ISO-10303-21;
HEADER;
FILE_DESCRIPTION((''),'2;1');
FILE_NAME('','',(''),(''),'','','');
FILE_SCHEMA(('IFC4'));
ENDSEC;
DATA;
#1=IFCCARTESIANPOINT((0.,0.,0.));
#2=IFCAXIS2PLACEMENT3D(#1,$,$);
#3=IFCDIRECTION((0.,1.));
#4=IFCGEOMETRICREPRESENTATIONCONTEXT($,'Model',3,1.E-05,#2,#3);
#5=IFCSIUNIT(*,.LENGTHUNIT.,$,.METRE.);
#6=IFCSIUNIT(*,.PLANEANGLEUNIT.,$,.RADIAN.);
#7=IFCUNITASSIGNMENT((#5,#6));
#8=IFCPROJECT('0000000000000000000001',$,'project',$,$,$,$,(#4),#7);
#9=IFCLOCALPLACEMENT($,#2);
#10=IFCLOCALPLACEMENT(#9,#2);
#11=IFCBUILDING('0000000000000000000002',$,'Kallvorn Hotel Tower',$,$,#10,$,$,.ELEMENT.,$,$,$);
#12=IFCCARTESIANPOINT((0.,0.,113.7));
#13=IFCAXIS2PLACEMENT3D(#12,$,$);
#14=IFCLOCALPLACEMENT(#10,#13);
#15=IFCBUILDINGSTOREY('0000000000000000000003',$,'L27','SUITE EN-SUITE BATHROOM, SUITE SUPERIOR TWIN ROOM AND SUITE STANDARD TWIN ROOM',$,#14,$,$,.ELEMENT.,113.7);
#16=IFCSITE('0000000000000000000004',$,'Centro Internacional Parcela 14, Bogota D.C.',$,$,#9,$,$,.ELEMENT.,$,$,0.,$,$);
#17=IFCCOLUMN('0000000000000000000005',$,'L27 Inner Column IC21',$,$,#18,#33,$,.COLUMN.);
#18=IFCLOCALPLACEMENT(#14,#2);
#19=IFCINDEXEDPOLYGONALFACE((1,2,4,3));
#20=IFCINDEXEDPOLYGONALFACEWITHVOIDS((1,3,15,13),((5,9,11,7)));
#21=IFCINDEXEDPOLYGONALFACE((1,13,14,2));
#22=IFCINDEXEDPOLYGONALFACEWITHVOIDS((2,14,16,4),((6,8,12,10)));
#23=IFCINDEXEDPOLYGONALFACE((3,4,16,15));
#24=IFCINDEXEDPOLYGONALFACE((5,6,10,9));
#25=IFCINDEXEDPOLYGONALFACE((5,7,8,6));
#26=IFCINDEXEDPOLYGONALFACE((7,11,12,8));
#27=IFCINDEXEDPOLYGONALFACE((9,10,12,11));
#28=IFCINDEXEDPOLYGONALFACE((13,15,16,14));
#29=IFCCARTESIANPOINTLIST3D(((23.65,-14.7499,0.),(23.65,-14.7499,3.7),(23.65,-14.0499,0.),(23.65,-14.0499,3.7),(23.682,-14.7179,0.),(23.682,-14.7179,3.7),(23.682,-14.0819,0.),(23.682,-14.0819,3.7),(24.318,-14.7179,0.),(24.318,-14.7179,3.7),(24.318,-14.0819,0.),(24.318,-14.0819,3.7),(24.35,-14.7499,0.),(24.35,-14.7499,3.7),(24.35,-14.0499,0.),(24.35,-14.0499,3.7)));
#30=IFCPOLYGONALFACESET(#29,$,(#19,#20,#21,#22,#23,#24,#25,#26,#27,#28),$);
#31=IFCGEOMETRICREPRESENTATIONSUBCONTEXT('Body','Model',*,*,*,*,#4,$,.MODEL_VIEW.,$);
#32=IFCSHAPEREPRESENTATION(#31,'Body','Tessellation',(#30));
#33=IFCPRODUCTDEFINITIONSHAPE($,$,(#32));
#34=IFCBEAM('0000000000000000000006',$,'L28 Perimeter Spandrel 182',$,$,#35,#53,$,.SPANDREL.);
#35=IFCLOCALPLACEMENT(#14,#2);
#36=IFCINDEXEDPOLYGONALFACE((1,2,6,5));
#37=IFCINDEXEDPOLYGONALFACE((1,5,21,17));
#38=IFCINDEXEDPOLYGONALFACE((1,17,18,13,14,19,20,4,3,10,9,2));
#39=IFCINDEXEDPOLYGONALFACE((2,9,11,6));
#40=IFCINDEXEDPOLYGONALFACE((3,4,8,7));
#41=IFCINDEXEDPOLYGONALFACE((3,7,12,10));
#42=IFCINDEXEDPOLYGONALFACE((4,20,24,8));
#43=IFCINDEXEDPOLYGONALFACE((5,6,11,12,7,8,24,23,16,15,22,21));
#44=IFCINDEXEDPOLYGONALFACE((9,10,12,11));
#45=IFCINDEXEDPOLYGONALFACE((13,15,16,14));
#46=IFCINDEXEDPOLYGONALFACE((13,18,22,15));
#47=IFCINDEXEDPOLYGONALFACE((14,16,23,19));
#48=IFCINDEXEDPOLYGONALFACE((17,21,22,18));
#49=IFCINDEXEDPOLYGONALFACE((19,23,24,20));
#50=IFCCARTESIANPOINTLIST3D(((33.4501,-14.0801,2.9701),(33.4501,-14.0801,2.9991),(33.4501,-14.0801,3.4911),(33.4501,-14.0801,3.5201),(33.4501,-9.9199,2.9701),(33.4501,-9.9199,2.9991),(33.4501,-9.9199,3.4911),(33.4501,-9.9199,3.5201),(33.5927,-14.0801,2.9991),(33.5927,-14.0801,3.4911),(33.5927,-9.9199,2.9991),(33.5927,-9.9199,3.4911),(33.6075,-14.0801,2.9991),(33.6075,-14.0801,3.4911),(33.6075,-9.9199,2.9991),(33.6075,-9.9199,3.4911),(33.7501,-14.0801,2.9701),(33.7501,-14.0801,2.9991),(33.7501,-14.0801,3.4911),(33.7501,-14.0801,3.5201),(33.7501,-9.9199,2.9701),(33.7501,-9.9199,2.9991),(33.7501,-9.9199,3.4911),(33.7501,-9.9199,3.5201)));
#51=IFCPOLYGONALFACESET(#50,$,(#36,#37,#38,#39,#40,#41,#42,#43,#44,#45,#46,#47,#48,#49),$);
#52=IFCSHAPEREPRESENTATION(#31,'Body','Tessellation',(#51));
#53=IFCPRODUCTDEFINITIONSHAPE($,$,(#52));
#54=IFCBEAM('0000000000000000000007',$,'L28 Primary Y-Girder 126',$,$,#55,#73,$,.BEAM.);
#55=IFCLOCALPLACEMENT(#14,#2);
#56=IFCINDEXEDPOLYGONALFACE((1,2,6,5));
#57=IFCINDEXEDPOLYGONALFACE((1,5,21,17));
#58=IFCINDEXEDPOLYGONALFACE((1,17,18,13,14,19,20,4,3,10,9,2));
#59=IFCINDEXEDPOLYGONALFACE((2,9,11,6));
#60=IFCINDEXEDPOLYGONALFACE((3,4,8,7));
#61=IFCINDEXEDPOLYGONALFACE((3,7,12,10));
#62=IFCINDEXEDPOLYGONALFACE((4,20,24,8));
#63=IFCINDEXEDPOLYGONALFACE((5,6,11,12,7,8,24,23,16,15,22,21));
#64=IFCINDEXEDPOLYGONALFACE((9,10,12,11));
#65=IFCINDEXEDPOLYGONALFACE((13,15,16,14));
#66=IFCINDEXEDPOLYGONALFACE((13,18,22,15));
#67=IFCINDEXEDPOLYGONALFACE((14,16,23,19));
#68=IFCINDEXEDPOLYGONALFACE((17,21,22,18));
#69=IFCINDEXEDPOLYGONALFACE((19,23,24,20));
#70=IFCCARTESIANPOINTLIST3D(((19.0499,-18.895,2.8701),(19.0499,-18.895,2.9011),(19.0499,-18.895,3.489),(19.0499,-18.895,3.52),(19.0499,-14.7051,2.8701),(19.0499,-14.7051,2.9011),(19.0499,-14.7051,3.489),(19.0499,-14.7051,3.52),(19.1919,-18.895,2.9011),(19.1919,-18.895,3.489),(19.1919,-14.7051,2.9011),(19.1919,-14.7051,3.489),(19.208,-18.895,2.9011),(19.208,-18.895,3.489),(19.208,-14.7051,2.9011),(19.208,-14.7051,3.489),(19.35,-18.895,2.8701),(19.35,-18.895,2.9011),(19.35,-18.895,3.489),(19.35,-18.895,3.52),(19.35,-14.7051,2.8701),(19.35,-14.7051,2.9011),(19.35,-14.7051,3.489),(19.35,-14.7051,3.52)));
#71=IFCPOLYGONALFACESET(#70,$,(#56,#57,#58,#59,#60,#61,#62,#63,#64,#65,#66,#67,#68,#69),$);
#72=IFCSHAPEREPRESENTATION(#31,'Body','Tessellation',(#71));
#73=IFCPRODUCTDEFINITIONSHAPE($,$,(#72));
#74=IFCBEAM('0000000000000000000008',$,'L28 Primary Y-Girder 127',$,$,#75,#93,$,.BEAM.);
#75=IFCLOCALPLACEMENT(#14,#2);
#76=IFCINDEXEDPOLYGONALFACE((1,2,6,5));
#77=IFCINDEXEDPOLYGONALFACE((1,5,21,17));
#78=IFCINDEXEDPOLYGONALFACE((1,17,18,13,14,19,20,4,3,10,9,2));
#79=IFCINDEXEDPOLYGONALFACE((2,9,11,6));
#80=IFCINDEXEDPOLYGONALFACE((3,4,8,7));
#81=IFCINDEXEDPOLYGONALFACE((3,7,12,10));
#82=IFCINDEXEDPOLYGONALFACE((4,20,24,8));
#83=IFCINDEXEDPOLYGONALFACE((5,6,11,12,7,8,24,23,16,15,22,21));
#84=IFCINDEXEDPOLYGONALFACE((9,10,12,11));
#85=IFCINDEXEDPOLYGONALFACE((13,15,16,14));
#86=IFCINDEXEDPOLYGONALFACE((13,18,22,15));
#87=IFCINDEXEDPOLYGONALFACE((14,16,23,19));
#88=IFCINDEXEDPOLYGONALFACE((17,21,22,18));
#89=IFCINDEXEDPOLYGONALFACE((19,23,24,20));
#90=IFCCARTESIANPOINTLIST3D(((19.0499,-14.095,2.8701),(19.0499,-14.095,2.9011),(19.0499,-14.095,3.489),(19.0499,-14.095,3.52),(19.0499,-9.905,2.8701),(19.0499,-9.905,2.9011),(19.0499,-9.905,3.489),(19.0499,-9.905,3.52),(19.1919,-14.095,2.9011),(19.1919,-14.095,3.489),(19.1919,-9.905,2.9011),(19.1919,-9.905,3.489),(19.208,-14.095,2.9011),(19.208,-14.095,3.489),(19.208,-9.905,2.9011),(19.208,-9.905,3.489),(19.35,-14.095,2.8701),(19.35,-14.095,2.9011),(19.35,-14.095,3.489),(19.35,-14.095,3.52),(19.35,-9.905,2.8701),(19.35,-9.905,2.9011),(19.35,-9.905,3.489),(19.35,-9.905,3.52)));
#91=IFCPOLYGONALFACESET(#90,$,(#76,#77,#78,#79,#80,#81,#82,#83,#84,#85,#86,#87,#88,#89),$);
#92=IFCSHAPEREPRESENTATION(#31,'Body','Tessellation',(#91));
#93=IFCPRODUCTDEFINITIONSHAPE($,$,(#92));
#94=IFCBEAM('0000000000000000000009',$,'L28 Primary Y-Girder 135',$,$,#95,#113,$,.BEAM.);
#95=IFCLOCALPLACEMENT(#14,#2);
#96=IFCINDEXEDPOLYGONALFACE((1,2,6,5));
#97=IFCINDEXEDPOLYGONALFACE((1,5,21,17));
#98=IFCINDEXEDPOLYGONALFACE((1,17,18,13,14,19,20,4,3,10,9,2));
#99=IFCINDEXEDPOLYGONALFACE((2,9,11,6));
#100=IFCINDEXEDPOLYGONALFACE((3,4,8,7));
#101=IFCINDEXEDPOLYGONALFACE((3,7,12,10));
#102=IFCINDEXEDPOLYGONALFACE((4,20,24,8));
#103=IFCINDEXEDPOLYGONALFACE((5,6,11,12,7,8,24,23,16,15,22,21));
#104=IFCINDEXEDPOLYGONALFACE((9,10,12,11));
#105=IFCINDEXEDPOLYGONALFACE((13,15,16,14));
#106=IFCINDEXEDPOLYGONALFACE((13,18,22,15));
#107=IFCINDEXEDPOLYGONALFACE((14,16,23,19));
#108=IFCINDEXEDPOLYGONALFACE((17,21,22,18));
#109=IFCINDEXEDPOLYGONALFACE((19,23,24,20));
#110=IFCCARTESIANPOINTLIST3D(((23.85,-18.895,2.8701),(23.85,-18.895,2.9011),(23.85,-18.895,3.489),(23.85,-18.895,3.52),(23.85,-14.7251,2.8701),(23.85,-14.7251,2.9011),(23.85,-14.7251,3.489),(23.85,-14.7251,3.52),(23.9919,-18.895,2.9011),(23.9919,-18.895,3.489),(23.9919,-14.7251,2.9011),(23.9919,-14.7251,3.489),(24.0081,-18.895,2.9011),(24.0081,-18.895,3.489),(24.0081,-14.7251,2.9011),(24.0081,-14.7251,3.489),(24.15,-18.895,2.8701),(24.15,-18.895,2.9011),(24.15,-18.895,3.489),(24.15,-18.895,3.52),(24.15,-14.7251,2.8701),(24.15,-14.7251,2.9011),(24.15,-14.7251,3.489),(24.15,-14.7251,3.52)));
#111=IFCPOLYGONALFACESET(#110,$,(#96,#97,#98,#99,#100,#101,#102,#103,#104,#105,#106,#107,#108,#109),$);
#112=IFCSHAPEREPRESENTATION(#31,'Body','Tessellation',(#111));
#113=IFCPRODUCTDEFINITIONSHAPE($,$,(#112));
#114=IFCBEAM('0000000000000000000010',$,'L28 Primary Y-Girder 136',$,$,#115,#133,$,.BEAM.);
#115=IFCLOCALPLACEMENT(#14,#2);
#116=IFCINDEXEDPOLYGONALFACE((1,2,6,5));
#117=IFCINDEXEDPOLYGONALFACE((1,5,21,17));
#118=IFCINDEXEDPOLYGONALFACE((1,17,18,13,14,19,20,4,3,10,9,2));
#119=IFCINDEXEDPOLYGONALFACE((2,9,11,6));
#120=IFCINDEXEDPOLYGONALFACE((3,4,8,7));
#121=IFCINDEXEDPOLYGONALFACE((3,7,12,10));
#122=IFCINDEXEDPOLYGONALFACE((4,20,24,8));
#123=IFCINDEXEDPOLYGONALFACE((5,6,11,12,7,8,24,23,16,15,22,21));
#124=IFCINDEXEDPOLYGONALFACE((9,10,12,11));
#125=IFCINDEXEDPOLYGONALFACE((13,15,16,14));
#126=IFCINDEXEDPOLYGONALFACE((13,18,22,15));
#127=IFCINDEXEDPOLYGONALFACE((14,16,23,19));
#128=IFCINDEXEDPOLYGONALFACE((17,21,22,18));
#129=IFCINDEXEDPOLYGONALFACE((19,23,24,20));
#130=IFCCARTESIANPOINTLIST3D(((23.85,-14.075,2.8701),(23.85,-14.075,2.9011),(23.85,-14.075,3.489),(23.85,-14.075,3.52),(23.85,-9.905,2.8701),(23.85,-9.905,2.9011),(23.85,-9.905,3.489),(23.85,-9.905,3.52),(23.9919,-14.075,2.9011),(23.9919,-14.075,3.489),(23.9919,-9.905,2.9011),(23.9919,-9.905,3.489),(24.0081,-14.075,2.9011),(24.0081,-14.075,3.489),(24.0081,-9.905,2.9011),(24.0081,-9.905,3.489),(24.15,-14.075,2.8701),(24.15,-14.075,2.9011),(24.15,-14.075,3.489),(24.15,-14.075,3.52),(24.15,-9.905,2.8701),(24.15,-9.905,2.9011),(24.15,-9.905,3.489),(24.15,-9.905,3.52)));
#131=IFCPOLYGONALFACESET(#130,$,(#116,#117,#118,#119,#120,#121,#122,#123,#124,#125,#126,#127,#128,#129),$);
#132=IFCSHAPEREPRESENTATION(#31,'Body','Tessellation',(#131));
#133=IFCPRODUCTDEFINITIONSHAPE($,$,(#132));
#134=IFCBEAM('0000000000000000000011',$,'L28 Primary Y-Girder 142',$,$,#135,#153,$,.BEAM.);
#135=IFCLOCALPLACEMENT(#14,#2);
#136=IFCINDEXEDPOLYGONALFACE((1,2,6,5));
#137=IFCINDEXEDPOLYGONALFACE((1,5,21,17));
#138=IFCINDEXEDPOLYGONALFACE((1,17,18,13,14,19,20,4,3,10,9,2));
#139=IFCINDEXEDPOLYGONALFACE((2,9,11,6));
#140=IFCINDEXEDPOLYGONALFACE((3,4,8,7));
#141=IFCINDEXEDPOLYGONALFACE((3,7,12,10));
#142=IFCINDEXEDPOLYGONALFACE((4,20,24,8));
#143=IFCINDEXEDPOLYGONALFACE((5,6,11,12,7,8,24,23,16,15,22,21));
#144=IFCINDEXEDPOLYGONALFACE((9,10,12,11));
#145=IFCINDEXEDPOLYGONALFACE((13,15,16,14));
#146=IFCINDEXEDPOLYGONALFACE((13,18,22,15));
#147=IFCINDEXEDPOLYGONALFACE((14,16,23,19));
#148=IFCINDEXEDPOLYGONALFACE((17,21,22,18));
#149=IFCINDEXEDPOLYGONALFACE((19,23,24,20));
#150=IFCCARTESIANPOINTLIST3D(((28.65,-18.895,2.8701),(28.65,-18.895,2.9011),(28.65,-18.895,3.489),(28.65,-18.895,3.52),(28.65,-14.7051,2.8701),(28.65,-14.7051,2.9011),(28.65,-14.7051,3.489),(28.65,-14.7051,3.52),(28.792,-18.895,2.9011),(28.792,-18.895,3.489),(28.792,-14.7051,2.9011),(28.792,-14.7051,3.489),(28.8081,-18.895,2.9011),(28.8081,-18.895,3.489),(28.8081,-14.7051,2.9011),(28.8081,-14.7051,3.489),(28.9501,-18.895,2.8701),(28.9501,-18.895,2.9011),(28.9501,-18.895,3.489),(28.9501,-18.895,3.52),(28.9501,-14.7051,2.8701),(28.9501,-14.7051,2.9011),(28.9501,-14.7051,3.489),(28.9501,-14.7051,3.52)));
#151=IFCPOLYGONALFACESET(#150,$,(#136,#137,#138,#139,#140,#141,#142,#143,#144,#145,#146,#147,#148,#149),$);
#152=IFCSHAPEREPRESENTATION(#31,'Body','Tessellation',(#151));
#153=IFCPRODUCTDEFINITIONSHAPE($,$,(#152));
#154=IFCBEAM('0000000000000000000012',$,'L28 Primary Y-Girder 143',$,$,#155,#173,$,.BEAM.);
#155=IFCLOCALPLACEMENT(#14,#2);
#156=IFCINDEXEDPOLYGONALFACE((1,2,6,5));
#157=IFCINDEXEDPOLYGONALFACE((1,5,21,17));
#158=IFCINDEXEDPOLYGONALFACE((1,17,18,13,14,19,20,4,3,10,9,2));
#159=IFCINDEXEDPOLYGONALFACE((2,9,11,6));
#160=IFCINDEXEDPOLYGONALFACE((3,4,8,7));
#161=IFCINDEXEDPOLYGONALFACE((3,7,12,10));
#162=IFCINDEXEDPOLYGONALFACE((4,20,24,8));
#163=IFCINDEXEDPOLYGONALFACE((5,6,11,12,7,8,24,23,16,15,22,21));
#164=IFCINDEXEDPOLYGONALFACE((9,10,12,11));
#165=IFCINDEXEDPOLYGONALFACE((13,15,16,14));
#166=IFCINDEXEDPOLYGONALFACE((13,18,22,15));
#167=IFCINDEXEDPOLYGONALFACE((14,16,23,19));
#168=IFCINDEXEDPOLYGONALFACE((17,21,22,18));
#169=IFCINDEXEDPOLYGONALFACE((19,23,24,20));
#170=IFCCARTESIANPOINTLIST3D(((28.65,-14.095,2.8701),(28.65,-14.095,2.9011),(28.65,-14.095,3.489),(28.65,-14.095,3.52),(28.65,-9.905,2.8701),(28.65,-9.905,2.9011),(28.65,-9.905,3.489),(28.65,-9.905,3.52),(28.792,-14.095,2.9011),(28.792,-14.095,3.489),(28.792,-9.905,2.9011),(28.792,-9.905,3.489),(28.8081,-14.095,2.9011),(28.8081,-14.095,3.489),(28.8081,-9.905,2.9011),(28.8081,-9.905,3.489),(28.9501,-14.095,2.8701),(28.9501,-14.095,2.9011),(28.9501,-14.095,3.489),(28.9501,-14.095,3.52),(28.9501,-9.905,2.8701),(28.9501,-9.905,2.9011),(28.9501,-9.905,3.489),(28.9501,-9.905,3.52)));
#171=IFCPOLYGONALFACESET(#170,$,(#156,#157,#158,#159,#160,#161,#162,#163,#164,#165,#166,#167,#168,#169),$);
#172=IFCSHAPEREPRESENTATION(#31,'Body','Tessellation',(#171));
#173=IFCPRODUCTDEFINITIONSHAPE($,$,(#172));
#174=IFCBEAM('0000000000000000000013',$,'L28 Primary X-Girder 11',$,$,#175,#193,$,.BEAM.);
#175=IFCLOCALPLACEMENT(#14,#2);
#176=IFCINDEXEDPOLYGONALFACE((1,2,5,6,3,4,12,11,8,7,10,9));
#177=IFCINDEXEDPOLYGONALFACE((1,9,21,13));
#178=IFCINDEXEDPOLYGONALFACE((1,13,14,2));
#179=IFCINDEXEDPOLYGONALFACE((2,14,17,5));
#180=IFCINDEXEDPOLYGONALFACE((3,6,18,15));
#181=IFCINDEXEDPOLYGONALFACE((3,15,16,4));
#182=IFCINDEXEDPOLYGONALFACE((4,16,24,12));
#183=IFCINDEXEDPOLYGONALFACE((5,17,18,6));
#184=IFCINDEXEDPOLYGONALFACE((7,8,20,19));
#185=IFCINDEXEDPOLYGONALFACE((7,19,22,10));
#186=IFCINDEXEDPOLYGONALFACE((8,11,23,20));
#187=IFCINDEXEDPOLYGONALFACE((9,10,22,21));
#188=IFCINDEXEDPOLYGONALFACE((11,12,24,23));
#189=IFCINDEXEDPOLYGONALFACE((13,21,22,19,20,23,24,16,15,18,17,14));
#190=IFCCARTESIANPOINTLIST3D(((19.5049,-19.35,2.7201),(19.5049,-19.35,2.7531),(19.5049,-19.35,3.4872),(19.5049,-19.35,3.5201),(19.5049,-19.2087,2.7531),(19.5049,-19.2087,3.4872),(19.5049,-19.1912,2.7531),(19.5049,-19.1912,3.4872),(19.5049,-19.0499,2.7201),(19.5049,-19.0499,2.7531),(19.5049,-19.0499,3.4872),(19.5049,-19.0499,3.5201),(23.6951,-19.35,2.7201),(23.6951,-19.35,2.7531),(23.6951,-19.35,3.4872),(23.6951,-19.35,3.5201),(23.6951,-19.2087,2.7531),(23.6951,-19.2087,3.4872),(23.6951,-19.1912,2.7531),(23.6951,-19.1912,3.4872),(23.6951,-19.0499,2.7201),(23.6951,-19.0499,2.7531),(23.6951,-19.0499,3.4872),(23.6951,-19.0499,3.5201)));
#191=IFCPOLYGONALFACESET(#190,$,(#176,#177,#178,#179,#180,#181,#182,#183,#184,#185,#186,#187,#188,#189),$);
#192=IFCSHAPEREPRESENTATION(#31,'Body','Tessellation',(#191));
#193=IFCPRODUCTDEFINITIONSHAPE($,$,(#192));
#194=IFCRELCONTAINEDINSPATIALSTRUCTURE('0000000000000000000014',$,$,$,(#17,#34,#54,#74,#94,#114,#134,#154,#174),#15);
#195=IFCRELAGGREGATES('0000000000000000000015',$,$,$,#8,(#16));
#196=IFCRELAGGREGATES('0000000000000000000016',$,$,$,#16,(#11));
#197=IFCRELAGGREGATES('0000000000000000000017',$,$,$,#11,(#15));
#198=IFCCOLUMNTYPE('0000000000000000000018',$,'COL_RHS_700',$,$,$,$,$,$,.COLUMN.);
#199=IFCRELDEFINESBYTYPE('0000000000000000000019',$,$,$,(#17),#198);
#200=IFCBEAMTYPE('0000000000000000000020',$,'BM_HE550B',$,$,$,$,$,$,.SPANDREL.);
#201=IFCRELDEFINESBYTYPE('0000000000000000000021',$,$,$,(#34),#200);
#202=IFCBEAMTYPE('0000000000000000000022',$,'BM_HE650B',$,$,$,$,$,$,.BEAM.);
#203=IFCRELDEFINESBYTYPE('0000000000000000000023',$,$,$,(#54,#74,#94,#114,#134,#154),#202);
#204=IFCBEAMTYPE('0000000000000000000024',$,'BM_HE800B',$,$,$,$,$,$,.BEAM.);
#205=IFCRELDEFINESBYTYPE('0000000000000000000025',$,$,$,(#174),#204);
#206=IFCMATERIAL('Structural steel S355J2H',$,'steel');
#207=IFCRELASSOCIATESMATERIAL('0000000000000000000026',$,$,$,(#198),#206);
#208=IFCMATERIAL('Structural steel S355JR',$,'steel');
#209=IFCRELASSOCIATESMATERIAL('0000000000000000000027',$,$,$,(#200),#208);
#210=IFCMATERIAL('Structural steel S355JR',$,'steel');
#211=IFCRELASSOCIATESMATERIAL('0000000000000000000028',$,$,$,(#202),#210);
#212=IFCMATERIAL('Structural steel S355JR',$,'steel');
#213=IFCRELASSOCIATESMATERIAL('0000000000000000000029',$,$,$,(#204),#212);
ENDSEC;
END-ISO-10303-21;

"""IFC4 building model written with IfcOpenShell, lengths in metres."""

from ifc_helpers import new_model, si_unit, direction, frame, origin, origin_2d, place, context, subcontext, project, spatial, hollow_rectangle, i_section, extrude, material, material_profile, profile_set, type_object, element, save


model = new_model("IFC4")

# Units and contexts
model_context = context("Model", 3, precision=1e-05, world=origin(), true_north=direction((0.0, 1.0)))
body_context = subcontext(model_context, "Body", "Model", "MODEL_VIEW")
ifc_project = project(units=[si_unit("LENGTHUNIT", "METRE"), si_unit("PLANEANGLEUNIT", "RADIAN")], contexts=[model_context])

# Site, building, storey
site_placement = place(None, origin())
site = spatial("IfcSite", under=ifc_project, at=site_placement, Name="Centro Internacional Parcela 14, Bogota D.C.", CompositionType="ELEMENT", RefElevation=0.0)
building_placement = place(site_placement, origin())
building = spatial("IfcBuilding", under=site, at=building_placement, Name="Kallvorn Hotel Tower", CompositionType="ELEMENT")
storey_placement = place(building_placement, frame((0.0, 0.0, 113.7)))
storey = spatial("IfcBuildingStorey", under=building, at=storey_placement, Name="L27", Description="SUITE EN-SUITE BATHROOM, SUITE SUPERIOR TWIN ROOM AND SUITE STANDARD TWIN ROOM", CompositionType="ELEMENT", Elevation=113.7)

# Column
ifc_material_1 = material(Name="Structural steel S355J2H", Category="steel")
ifc_material_profile_1 = material_profile(ifc_material_1, hollow_rectangle(XDim=0.7, YDim=0.7, WallThickness=0.032, at=origin_2d()), Name="RHS 700x700x32")
ifc_profile_set_1 = profile_set([ifc_material_profile_1], Name="Structural steel S355J2H")
column_type_1 = type_object("IfcColumnType", Name="COL_RHS_700", PredefinedType="COLUMN", material=ifc_profile_set_1)
column_placement = place(storey_placement, frame((24.0, -14.3999, 0.0), z_axis=(0.0, 0.0, 1.0), x_axis=(1.0, 0.0, 0.0)))
element("IfcColumn", 1, at=column_placement, inside=storey, type_object=column_type_1, Name="L27 Inner Column IC21", PredefinedType="COLUMN", context=body_context, shape_type="SweptSolid", body=[
    extrude(hollow_rectangle(XDim=0.7, YDim=0.7, WallThickness=0.032, at=origin_2d()), origin(), (0.0, 0.0, 1.0), 3.7),
])

# Beams
ifc_material_2 = material(Name="Structural steel S355JR", Category="steel")
ifc_material_profile_2 = material_profile(ifc_material_2, i_section(OverallWidth=0.3, OverallDepth=0.55, WebThickness=0.0149, FlangeThickness=0.0291, at=origin_2d()), Name="HE 550 B")
ifc_profile_set_2 = profile_set([ifc_material_profile_2], Name="Structural steel S355JR")
beam_type_1 = type_object("IfcBeamType", Name="BM_HE550B", PredefinedType="SPANDREL", material=ifc_profile_set_2)
beam_1_placement = place(storey_placement, frame((33.6001, -14.0801, 3.2451), z_axis=(0.0, 1.0, 0.0), x_axis=(-1.0, 0.0, 0.0)))
element("IfcBeam", 2, at=beam_1_placement, inside=storey, type_object=beam_type_1, Name="L28 Perimeter Spandrel 182", PredefinedType="SPANDREL", context=body_context, shape_type="SweptSolid", body=[
    extrude(i_section(OverallWidth=0.3, OverallDepth=0.55, WebThickness=0.0149, FlangeThickness=0.0291, at=origin_2d()), origin(), (0.0, 0.0, 1.0), 4.1602),
])
ifc_material_3 = material(Name="Structural steel S355JR", Category="steel")
ifc_material_profile_3 = material_profile(ifc_material_3, i_section(OverallWidth=0.3, OverallDepth=0.6499, WebThickness=0.0161, FlangeThickness=0.031, at=origin_2d()), Name="HE 650 B")
ifc_profile_set_3 = profile_set([ifc_material_profile_3], Name="Structural steel S355JR")
beam_type_2 = type_object("IfcBeamType", Name="BM_HE650B", PredefinedType="BEAM", material=ifc_profile_set_3)
for number, where, z_axis, x_axis, name in (
    (3, (19.2, -18.895, 3.1951), (0.0, 1.0, 0.0), (-1.0, 0.0, 0.0), "L28 Primary Y-Girder 126"),
    (4, (19.2, -14.095, 3.1951), (0.0, 1.0, 0.0), (-1.0, 0.0, 0.0), "L28 Primary Y-Girder 127"),
):
    element("IfcBeam", number, at=place(storey_placement, frame(where, z_axis=z_axis, x_axis=x_axis)), inside=storey, type_object=beam_type_2, Name=name, PredefinedType="BEAM", context=body_context, shape_type="SweptSolid", body=[
        extrude(i_section(OverallWidth=0.3, OverallDepth=0.6499, WebThickness=0.0161, FlangeThickness=0.031, at=origin_2d()), origin(), (0.0, 0.0, 1.0), 4.1899),
    ])
for number, where, z_axis, x_axis, name in (
    (5, (24.0, -18.895, 3.1951), (0.0, 1.0, 0.0), (-1.0, 0.0, 0.0), "L28 Primary Y-Girder 135"),
    (6, (24.0, -14.075, 3.1951), (0.0, 1.0, 0.0), (-1.0, 0.0, 0.0), "L28 Primary Y-Girder 136"),
):
    element("IfcBeam", number, at=place(storey_placement, frame(where, z_axis=z_axis, x_axis=x_axis)), inside=storey, type_object=beam_type_2, Name=name, PredefinedType="BEAM", context=body_context, shape_type="SweptSolid", body=[
        extrude(i_section(OverallWidth=0.3, OverallDepth=0.6499, WebThickness=0.0161, FlangeThickness=0.031, at=origin_2d()), origin(), (0.0, 0.0, 1.0), 4.1699),
    ])
for number, where, z_axis, x_axis, name in (
    (7, (28.8, -18.895, 3.1951), (0.0, 1.0, 0.0), (-1.0, 0.0, 0.0), "L28 Primary Y-Girder 142"),
    (8, (28.8, -14.095, 3.1951), (0.0, 1.0, 0.0), (-1.0, 0.0, 0.0), "L28 Primary Y-Girder 143"),
):
    element("IfcBeam", number, at=place(storey_placement, frame(where, z_axis=z_axis, x_axis=x_axis)), inside=storey, type_object=beam_type_2, Name=name, PredefinedType="BEAM", context=body_context, shape_type="SweptSolid", body=[
        extrude(i_section(OverallWidth=0.3, OverallDepth=0.6499, WebThickness=0.0161, FlangeThickness=0.031, at=origin_2d()), origin(), (0.0, 0.0, 1.0), 4.1899),
    ])
ifc_material_4 = material(Name="Structural steel S355JR", Category="steel")
ifc_material_profile_4 = material_profile(ifc_material_4, i_section(OverallWidth=0.3, OverallDepth=0.8, WebThickness=0.0176, FlangeThickness=0.033, at=origin_2d()), Name="HE 800 B")
ifc_profile_set_4 = profile_set([ifc_material_profile_4], Name="Structural steel S355JR")
beam_type_3 = type_object("IfcBeamType", Name="BM_HE800B", PredefinedType="BEAM", material=ifc_profile_set_4)
for number, where, z_axis, x_axis, name in (
    (9, (19.5049, -19.2, 3.1201), (1.0, 0.0, 0.0), (0.0, 1.0, 0.0), "L28 Primary X-Girder 11"),
):
    element("IfcBeam", number, at=place(storey_placement, frame(where, z_axis=z_axis, x_axis=x_axis)), inside=storey, type_object=beam_type_3, Name=name, PredefinedType="BEAM", context=body_context, shape_type="SweptSolid", body=[
        extrude(i_section(OverallWidth=0.3, OverallDepth=0.8, WebThickness=0.0176, FlangeThickness=0.033, at=origin_2d()), origin(), (0.0, 0.0, 1.0), 4.1902),
    ])

save(model, "model.ifc")
